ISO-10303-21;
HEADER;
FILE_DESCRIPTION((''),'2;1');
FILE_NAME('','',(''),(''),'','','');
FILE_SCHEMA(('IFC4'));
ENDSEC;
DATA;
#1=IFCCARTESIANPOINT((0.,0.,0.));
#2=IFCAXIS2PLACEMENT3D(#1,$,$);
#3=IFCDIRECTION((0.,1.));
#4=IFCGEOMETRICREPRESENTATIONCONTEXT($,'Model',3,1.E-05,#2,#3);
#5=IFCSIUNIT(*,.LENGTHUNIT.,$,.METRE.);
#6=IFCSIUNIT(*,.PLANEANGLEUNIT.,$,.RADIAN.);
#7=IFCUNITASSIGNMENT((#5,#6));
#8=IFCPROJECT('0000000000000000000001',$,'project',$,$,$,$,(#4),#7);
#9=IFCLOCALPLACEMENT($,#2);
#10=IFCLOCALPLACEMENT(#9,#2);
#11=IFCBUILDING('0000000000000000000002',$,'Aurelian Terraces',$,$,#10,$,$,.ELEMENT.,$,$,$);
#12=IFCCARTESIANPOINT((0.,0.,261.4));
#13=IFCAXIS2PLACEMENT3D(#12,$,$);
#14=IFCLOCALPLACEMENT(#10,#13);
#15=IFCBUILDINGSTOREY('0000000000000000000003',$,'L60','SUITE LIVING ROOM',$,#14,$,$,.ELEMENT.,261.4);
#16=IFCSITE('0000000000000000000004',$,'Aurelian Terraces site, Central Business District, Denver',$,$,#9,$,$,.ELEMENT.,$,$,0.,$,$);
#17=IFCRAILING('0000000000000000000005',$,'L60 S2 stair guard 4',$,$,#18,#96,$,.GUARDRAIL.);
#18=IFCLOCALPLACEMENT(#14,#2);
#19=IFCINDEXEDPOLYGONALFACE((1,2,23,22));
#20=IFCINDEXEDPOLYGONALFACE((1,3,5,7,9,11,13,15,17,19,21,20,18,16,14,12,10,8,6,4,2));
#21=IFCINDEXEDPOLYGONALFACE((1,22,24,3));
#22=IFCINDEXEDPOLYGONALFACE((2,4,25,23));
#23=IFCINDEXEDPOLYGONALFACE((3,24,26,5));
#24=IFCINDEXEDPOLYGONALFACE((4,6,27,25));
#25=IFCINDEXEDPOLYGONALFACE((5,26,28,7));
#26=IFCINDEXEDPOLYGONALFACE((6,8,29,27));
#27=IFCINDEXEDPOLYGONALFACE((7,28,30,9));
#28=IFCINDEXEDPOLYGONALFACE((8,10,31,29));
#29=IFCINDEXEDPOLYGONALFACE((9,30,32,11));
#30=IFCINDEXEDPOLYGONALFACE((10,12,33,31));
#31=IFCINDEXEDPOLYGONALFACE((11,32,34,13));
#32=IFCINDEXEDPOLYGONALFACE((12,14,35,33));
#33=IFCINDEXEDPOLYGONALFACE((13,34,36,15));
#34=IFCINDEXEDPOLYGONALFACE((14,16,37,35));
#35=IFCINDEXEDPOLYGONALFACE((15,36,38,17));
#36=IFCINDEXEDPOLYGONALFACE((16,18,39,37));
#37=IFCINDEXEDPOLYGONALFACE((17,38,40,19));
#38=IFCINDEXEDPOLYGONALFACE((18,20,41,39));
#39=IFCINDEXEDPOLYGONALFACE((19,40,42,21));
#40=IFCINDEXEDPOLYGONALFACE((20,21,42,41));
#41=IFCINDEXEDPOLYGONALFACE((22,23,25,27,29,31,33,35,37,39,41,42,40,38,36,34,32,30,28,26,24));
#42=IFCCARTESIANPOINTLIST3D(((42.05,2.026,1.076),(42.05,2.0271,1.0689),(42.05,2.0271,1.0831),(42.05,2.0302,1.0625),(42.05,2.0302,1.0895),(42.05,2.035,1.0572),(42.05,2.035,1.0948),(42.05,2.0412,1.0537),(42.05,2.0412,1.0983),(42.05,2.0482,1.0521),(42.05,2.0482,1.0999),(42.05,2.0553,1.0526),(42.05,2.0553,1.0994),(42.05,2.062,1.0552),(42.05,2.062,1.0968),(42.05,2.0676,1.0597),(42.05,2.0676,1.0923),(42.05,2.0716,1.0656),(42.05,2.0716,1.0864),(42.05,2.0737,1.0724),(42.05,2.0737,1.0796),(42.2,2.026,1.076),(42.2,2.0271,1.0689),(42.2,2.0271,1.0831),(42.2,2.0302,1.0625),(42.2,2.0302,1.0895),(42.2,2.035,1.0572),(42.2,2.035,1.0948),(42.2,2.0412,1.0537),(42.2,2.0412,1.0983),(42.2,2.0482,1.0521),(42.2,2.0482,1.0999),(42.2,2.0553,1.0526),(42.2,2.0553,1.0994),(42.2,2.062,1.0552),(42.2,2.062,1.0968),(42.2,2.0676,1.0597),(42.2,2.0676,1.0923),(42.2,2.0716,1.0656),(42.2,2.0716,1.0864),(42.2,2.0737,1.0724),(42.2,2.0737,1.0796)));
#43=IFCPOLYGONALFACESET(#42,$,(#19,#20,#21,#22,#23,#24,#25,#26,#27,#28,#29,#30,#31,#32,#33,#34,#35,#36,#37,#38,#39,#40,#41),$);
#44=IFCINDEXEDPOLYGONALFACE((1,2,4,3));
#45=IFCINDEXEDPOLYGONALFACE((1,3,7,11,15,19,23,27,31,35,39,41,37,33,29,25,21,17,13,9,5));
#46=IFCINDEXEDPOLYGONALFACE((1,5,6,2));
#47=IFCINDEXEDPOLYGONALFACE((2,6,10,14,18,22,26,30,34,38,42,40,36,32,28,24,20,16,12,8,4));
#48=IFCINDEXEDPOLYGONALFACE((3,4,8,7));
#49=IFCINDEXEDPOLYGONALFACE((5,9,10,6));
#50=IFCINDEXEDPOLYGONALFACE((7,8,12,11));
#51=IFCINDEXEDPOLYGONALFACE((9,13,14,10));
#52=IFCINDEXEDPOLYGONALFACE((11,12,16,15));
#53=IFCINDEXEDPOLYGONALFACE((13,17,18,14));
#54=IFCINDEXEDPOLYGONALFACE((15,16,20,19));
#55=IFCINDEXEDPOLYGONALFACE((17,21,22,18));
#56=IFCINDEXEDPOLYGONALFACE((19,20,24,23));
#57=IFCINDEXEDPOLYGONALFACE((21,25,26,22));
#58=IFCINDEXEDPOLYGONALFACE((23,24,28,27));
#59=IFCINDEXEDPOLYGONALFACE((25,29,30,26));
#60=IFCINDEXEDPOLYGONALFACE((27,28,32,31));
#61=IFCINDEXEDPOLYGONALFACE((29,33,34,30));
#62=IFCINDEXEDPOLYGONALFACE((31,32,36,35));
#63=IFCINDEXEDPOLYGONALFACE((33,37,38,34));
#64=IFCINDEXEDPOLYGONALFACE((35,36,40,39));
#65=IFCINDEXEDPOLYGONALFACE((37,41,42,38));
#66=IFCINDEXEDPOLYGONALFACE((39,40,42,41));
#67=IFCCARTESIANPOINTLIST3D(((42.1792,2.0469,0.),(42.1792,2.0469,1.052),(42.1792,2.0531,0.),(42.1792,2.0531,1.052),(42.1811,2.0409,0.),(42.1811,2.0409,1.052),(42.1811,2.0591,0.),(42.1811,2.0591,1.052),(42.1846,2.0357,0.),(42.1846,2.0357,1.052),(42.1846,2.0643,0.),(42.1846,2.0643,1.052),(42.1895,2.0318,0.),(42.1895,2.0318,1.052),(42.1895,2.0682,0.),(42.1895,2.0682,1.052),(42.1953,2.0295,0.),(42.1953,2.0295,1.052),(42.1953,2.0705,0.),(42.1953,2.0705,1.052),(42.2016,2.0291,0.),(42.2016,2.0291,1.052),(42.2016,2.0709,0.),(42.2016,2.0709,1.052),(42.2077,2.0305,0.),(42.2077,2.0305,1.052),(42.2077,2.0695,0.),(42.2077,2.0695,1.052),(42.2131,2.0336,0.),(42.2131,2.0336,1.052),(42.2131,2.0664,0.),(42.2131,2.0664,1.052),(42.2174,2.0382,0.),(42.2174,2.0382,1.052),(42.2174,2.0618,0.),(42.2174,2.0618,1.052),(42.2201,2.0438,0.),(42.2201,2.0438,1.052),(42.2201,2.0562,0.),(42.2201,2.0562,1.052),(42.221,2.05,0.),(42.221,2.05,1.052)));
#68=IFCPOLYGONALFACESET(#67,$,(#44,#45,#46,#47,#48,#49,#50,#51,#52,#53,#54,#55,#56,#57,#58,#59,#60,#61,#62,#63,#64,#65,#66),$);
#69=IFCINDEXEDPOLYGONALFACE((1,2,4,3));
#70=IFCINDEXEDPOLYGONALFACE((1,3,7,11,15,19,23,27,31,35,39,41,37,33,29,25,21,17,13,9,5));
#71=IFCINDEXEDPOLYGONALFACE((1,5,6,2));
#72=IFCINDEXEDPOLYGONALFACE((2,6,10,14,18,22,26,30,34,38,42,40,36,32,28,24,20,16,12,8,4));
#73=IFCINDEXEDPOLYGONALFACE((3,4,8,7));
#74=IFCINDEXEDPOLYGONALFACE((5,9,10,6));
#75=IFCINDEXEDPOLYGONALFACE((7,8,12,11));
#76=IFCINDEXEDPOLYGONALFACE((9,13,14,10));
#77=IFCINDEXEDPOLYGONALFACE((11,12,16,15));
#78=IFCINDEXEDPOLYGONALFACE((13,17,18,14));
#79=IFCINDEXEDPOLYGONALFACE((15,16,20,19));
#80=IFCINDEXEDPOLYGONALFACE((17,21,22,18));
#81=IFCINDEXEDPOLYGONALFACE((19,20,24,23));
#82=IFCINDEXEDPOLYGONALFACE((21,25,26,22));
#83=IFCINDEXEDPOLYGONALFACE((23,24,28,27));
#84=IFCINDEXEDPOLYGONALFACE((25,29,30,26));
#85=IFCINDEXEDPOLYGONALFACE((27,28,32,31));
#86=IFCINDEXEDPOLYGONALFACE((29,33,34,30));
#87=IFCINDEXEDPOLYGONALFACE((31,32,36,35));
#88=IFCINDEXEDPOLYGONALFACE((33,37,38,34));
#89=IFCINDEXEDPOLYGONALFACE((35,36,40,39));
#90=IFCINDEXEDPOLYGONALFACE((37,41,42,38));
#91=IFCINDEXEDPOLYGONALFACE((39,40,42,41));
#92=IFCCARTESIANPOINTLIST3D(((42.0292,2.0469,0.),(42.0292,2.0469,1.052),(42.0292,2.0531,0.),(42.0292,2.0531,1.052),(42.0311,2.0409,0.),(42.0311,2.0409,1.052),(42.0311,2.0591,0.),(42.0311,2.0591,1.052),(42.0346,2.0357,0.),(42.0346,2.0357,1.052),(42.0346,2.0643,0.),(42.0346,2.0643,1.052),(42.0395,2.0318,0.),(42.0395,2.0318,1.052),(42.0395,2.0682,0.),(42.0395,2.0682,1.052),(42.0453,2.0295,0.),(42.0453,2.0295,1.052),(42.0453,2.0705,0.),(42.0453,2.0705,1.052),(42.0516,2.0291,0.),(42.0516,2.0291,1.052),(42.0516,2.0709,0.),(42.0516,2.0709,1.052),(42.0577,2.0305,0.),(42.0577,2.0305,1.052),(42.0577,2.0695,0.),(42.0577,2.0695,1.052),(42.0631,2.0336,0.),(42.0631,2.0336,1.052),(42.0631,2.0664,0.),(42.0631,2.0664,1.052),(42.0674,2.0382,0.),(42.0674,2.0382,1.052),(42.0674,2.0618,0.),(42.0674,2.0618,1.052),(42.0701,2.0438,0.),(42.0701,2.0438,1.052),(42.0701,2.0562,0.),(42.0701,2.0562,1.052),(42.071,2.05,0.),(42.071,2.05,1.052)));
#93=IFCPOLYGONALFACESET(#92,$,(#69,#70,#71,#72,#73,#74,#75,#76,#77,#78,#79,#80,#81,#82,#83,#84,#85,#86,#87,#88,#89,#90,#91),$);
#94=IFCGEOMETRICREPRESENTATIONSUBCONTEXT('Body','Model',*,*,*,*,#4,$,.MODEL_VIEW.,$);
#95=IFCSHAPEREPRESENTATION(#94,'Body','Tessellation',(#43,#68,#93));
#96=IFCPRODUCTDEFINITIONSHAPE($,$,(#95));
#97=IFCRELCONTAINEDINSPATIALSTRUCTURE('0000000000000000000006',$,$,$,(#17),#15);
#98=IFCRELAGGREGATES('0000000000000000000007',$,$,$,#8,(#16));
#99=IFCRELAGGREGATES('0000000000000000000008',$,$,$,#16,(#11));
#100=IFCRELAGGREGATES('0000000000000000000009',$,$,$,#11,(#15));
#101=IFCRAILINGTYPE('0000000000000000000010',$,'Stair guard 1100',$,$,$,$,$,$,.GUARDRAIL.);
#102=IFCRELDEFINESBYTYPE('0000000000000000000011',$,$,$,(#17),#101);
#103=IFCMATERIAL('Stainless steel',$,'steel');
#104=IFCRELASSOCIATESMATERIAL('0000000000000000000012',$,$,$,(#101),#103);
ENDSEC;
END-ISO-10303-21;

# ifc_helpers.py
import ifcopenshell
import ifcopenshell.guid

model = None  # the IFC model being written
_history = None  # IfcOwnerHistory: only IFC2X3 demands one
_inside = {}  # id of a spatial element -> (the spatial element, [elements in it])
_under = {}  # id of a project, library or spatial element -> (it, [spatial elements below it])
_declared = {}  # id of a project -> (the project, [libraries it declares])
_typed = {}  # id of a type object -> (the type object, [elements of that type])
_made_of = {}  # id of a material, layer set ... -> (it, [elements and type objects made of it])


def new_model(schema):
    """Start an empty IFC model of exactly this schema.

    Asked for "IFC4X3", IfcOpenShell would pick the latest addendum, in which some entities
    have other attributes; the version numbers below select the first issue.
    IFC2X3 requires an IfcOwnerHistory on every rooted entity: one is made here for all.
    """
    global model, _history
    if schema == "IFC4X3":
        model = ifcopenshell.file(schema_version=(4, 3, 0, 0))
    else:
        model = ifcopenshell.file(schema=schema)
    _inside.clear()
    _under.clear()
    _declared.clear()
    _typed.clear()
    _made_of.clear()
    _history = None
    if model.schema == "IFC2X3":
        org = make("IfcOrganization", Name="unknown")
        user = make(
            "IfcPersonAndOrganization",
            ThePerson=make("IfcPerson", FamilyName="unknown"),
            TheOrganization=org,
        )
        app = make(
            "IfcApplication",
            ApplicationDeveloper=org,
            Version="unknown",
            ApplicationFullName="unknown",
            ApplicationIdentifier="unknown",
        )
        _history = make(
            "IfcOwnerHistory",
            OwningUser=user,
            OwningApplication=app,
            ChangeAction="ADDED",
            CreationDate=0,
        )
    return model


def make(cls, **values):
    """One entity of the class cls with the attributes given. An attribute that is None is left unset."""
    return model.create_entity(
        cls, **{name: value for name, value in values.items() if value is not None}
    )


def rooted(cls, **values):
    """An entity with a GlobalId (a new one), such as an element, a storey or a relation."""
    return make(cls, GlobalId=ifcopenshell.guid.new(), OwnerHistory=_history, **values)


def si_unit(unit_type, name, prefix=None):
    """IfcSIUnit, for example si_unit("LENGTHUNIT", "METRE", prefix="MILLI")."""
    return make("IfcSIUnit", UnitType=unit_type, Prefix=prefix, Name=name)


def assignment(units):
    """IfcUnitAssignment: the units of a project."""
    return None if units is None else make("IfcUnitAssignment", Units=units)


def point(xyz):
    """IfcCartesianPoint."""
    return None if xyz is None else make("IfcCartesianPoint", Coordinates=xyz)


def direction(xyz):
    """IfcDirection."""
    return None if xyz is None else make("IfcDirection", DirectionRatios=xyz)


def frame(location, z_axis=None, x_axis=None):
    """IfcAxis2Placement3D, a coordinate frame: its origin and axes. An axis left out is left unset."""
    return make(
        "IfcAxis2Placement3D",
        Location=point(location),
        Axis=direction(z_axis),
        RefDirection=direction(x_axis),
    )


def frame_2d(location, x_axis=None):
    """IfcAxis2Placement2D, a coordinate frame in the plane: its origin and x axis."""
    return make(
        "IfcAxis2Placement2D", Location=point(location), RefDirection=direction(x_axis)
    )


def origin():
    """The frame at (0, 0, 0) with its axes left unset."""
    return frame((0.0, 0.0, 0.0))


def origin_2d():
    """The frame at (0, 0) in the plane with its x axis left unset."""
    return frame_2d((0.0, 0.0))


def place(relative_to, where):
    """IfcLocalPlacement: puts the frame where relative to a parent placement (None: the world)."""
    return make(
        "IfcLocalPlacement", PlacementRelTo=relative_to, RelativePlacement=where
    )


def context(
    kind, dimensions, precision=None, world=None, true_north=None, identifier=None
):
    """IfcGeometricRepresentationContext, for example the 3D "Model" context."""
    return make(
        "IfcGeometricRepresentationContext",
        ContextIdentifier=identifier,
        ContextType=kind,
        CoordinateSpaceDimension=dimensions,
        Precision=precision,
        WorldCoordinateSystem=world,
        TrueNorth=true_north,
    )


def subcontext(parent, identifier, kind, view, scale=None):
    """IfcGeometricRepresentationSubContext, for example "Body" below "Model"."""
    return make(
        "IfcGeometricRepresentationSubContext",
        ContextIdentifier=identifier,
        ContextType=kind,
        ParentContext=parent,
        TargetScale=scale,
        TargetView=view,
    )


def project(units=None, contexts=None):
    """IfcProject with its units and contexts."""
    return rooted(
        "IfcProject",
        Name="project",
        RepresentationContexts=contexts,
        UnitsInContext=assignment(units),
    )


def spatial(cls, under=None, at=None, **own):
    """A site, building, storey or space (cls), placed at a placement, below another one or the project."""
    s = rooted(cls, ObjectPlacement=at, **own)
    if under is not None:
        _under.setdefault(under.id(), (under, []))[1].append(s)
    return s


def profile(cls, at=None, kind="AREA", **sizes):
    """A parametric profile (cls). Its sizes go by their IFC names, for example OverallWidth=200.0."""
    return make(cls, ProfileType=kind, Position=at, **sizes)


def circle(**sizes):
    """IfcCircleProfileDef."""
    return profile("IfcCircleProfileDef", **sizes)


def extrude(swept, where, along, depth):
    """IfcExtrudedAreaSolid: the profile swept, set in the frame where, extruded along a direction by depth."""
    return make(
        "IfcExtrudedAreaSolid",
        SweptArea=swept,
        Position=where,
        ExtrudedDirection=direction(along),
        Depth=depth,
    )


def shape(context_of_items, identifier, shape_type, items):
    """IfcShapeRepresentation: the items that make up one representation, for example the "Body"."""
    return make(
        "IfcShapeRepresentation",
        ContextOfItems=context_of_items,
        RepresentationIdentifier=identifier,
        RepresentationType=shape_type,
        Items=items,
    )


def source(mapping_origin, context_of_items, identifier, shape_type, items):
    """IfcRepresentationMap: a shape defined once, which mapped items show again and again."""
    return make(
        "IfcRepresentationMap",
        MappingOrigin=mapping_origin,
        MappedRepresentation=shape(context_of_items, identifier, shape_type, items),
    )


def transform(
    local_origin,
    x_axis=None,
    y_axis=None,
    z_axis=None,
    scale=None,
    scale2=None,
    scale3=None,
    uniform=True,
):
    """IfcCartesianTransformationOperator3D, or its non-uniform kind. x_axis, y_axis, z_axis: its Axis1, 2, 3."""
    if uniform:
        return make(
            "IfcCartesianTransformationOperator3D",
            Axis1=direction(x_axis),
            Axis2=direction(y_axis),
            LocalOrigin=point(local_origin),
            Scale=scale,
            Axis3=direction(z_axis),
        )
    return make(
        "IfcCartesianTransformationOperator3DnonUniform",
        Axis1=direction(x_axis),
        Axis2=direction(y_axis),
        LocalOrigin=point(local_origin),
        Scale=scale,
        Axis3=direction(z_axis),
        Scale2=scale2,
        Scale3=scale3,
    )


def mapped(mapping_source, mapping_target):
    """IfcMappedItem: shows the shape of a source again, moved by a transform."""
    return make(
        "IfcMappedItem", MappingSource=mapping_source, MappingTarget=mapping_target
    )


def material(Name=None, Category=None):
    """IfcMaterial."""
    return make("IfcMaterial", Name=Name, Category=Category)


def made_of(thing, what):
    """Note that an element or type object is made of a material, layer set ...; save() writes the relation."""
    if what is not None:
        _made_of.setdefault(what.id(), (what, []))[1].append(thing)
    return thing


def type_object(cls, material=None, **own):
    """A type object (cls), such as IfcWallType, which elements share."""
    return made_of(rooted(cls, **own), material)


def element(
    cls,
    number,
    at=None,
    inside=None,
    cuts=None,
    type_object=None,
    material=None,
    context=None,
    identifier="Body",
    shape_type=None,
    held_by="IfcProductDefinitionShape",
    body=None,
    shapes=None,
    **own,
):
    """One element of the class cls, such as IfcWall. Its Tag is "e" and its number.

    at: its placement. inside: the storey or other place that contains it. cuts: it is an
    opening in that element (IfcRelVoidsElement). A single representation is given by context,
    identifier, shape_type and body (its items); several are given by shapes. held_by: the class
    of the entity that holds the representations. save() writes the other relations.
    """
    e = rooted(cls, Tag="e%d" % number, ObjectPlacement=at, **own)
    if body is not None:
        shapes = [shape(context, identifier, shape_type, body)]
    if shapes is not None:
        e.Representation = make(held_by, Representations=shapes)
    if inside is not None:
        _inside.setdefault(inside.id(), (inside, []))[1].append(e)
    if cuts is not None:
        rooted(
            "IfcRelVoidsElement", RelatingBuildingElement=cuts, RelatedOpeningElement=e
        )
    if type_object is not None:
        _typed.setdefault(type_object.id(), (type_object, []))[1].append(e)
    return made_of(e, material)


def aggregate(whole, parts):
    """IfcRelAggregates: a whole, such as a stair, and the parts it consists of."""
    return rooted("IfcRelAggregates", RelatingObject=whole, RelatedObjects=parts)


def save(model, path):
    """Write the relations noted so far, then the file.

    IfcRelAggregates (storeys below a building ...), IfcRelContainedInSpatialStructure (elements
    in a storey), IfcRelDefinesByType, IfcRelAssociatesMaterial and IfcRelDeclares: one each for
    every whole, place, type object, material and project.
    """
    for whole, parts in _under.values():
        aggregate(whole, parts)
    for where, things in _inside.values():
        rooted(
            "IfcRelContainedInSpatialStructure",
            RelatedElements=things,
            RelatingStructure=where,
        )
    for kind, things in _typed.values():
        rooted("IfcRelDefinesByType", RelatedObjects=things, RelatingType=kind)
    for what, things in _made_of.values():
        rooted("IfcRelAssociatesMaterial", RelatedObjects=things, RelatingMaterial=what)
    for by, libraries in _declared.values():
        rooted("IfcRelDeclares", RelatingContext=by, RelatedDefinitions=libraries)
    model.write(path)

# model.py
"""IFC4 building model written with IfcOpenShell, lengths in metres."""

from ifc_helpers import new_model, si_unit, direction, frame, origin, origin_2d, place, context, subcontext, project, spatial, circle, extrude, source, transform, mapped, material, type_object, element, save


model = new_model("IFC4")

# Units and contexts
model_context = context("Model", 3, precision=1e-05, world=origin(), true_north=direction((0.0, 1.0)))
body_context = subcontext(model_context, "Body", "Model", "MODEL_VIEW")
ifc_project = project(units=[si_unit("LENGTHUNIT", "METRE"), si_unit("PLANEANGLEUNIT", "RADIAN")], contexts=[model_context])

# Site, building, storey
site_placement = place(None, origin())
site = spatial("IfcSite", under=ifc_project, at=site_placement, Name="Aurelian Terraces site, Central Business District, Denver", CompositionType="ELEMENT", RefElevation=0.0)
building_placement = place(site_placement, origin())
building = spatial("IfcBuilding", under=site, at=building_placement, Name="Aurelian Terraces", CompositionType="ELEMENT")
storey_placement = place(building_placement, frame((0.0, 0.0, 261.4)))
storey = spatial("IfcBuildingStorey", under=building, at=storey_placement, Name="L60", Description="SUITE LIVING ROOM", CompositionType="ELEMENT", Elevation=261.4)

# Railing
ifc_material_1 = material(Name="Stainless steel", Category="steel")
railing_type_1 = type_object("IfcRailingType", Name="Stair guard 1100", PredefinedType="GUARDRAIL", material=ifc_material_1)
shared_shape_1 = source(origin(), body_context, "Body", "SweptSolid", [
    extrude(circle(Radius=0.024, at=origin_2d()), frame((0.0, 0.0, 1.076), z_axis=(-1.0, 0.0, 0.0), x_axis=(0.0, -1.0, 0.0)), (0.0, 0.0, 1.0), 0.15),
    extrude(circle(Radius=0.021, at=origin_2d()), origin(), (0.0, 0.0, 1.0), 1.052),
    extrude(circle(Radius=0.021, at=origin_2d()), frame((-0.15, 0.0, 0.0)), (0.0, 0.0, 1.0), 1.052),
])
for number, where, name in (
    (1, (42.2, 2.05, 0.0), "L60 S2 stair guard 4"),
):
    element("IfcRailing", number, at=place(storey_placement, frame(where)), inside=storey, type_object=railing_type_1, Name=name, PredefinedType="GUARDRAIL", context=body_context, shape_type="MappedRepresentation", body=[
        mapped(shared_shape_1, transform((0.0, 0.0, 0.0), scale=1.0)),
    ])

save(model, "model.ifc")
